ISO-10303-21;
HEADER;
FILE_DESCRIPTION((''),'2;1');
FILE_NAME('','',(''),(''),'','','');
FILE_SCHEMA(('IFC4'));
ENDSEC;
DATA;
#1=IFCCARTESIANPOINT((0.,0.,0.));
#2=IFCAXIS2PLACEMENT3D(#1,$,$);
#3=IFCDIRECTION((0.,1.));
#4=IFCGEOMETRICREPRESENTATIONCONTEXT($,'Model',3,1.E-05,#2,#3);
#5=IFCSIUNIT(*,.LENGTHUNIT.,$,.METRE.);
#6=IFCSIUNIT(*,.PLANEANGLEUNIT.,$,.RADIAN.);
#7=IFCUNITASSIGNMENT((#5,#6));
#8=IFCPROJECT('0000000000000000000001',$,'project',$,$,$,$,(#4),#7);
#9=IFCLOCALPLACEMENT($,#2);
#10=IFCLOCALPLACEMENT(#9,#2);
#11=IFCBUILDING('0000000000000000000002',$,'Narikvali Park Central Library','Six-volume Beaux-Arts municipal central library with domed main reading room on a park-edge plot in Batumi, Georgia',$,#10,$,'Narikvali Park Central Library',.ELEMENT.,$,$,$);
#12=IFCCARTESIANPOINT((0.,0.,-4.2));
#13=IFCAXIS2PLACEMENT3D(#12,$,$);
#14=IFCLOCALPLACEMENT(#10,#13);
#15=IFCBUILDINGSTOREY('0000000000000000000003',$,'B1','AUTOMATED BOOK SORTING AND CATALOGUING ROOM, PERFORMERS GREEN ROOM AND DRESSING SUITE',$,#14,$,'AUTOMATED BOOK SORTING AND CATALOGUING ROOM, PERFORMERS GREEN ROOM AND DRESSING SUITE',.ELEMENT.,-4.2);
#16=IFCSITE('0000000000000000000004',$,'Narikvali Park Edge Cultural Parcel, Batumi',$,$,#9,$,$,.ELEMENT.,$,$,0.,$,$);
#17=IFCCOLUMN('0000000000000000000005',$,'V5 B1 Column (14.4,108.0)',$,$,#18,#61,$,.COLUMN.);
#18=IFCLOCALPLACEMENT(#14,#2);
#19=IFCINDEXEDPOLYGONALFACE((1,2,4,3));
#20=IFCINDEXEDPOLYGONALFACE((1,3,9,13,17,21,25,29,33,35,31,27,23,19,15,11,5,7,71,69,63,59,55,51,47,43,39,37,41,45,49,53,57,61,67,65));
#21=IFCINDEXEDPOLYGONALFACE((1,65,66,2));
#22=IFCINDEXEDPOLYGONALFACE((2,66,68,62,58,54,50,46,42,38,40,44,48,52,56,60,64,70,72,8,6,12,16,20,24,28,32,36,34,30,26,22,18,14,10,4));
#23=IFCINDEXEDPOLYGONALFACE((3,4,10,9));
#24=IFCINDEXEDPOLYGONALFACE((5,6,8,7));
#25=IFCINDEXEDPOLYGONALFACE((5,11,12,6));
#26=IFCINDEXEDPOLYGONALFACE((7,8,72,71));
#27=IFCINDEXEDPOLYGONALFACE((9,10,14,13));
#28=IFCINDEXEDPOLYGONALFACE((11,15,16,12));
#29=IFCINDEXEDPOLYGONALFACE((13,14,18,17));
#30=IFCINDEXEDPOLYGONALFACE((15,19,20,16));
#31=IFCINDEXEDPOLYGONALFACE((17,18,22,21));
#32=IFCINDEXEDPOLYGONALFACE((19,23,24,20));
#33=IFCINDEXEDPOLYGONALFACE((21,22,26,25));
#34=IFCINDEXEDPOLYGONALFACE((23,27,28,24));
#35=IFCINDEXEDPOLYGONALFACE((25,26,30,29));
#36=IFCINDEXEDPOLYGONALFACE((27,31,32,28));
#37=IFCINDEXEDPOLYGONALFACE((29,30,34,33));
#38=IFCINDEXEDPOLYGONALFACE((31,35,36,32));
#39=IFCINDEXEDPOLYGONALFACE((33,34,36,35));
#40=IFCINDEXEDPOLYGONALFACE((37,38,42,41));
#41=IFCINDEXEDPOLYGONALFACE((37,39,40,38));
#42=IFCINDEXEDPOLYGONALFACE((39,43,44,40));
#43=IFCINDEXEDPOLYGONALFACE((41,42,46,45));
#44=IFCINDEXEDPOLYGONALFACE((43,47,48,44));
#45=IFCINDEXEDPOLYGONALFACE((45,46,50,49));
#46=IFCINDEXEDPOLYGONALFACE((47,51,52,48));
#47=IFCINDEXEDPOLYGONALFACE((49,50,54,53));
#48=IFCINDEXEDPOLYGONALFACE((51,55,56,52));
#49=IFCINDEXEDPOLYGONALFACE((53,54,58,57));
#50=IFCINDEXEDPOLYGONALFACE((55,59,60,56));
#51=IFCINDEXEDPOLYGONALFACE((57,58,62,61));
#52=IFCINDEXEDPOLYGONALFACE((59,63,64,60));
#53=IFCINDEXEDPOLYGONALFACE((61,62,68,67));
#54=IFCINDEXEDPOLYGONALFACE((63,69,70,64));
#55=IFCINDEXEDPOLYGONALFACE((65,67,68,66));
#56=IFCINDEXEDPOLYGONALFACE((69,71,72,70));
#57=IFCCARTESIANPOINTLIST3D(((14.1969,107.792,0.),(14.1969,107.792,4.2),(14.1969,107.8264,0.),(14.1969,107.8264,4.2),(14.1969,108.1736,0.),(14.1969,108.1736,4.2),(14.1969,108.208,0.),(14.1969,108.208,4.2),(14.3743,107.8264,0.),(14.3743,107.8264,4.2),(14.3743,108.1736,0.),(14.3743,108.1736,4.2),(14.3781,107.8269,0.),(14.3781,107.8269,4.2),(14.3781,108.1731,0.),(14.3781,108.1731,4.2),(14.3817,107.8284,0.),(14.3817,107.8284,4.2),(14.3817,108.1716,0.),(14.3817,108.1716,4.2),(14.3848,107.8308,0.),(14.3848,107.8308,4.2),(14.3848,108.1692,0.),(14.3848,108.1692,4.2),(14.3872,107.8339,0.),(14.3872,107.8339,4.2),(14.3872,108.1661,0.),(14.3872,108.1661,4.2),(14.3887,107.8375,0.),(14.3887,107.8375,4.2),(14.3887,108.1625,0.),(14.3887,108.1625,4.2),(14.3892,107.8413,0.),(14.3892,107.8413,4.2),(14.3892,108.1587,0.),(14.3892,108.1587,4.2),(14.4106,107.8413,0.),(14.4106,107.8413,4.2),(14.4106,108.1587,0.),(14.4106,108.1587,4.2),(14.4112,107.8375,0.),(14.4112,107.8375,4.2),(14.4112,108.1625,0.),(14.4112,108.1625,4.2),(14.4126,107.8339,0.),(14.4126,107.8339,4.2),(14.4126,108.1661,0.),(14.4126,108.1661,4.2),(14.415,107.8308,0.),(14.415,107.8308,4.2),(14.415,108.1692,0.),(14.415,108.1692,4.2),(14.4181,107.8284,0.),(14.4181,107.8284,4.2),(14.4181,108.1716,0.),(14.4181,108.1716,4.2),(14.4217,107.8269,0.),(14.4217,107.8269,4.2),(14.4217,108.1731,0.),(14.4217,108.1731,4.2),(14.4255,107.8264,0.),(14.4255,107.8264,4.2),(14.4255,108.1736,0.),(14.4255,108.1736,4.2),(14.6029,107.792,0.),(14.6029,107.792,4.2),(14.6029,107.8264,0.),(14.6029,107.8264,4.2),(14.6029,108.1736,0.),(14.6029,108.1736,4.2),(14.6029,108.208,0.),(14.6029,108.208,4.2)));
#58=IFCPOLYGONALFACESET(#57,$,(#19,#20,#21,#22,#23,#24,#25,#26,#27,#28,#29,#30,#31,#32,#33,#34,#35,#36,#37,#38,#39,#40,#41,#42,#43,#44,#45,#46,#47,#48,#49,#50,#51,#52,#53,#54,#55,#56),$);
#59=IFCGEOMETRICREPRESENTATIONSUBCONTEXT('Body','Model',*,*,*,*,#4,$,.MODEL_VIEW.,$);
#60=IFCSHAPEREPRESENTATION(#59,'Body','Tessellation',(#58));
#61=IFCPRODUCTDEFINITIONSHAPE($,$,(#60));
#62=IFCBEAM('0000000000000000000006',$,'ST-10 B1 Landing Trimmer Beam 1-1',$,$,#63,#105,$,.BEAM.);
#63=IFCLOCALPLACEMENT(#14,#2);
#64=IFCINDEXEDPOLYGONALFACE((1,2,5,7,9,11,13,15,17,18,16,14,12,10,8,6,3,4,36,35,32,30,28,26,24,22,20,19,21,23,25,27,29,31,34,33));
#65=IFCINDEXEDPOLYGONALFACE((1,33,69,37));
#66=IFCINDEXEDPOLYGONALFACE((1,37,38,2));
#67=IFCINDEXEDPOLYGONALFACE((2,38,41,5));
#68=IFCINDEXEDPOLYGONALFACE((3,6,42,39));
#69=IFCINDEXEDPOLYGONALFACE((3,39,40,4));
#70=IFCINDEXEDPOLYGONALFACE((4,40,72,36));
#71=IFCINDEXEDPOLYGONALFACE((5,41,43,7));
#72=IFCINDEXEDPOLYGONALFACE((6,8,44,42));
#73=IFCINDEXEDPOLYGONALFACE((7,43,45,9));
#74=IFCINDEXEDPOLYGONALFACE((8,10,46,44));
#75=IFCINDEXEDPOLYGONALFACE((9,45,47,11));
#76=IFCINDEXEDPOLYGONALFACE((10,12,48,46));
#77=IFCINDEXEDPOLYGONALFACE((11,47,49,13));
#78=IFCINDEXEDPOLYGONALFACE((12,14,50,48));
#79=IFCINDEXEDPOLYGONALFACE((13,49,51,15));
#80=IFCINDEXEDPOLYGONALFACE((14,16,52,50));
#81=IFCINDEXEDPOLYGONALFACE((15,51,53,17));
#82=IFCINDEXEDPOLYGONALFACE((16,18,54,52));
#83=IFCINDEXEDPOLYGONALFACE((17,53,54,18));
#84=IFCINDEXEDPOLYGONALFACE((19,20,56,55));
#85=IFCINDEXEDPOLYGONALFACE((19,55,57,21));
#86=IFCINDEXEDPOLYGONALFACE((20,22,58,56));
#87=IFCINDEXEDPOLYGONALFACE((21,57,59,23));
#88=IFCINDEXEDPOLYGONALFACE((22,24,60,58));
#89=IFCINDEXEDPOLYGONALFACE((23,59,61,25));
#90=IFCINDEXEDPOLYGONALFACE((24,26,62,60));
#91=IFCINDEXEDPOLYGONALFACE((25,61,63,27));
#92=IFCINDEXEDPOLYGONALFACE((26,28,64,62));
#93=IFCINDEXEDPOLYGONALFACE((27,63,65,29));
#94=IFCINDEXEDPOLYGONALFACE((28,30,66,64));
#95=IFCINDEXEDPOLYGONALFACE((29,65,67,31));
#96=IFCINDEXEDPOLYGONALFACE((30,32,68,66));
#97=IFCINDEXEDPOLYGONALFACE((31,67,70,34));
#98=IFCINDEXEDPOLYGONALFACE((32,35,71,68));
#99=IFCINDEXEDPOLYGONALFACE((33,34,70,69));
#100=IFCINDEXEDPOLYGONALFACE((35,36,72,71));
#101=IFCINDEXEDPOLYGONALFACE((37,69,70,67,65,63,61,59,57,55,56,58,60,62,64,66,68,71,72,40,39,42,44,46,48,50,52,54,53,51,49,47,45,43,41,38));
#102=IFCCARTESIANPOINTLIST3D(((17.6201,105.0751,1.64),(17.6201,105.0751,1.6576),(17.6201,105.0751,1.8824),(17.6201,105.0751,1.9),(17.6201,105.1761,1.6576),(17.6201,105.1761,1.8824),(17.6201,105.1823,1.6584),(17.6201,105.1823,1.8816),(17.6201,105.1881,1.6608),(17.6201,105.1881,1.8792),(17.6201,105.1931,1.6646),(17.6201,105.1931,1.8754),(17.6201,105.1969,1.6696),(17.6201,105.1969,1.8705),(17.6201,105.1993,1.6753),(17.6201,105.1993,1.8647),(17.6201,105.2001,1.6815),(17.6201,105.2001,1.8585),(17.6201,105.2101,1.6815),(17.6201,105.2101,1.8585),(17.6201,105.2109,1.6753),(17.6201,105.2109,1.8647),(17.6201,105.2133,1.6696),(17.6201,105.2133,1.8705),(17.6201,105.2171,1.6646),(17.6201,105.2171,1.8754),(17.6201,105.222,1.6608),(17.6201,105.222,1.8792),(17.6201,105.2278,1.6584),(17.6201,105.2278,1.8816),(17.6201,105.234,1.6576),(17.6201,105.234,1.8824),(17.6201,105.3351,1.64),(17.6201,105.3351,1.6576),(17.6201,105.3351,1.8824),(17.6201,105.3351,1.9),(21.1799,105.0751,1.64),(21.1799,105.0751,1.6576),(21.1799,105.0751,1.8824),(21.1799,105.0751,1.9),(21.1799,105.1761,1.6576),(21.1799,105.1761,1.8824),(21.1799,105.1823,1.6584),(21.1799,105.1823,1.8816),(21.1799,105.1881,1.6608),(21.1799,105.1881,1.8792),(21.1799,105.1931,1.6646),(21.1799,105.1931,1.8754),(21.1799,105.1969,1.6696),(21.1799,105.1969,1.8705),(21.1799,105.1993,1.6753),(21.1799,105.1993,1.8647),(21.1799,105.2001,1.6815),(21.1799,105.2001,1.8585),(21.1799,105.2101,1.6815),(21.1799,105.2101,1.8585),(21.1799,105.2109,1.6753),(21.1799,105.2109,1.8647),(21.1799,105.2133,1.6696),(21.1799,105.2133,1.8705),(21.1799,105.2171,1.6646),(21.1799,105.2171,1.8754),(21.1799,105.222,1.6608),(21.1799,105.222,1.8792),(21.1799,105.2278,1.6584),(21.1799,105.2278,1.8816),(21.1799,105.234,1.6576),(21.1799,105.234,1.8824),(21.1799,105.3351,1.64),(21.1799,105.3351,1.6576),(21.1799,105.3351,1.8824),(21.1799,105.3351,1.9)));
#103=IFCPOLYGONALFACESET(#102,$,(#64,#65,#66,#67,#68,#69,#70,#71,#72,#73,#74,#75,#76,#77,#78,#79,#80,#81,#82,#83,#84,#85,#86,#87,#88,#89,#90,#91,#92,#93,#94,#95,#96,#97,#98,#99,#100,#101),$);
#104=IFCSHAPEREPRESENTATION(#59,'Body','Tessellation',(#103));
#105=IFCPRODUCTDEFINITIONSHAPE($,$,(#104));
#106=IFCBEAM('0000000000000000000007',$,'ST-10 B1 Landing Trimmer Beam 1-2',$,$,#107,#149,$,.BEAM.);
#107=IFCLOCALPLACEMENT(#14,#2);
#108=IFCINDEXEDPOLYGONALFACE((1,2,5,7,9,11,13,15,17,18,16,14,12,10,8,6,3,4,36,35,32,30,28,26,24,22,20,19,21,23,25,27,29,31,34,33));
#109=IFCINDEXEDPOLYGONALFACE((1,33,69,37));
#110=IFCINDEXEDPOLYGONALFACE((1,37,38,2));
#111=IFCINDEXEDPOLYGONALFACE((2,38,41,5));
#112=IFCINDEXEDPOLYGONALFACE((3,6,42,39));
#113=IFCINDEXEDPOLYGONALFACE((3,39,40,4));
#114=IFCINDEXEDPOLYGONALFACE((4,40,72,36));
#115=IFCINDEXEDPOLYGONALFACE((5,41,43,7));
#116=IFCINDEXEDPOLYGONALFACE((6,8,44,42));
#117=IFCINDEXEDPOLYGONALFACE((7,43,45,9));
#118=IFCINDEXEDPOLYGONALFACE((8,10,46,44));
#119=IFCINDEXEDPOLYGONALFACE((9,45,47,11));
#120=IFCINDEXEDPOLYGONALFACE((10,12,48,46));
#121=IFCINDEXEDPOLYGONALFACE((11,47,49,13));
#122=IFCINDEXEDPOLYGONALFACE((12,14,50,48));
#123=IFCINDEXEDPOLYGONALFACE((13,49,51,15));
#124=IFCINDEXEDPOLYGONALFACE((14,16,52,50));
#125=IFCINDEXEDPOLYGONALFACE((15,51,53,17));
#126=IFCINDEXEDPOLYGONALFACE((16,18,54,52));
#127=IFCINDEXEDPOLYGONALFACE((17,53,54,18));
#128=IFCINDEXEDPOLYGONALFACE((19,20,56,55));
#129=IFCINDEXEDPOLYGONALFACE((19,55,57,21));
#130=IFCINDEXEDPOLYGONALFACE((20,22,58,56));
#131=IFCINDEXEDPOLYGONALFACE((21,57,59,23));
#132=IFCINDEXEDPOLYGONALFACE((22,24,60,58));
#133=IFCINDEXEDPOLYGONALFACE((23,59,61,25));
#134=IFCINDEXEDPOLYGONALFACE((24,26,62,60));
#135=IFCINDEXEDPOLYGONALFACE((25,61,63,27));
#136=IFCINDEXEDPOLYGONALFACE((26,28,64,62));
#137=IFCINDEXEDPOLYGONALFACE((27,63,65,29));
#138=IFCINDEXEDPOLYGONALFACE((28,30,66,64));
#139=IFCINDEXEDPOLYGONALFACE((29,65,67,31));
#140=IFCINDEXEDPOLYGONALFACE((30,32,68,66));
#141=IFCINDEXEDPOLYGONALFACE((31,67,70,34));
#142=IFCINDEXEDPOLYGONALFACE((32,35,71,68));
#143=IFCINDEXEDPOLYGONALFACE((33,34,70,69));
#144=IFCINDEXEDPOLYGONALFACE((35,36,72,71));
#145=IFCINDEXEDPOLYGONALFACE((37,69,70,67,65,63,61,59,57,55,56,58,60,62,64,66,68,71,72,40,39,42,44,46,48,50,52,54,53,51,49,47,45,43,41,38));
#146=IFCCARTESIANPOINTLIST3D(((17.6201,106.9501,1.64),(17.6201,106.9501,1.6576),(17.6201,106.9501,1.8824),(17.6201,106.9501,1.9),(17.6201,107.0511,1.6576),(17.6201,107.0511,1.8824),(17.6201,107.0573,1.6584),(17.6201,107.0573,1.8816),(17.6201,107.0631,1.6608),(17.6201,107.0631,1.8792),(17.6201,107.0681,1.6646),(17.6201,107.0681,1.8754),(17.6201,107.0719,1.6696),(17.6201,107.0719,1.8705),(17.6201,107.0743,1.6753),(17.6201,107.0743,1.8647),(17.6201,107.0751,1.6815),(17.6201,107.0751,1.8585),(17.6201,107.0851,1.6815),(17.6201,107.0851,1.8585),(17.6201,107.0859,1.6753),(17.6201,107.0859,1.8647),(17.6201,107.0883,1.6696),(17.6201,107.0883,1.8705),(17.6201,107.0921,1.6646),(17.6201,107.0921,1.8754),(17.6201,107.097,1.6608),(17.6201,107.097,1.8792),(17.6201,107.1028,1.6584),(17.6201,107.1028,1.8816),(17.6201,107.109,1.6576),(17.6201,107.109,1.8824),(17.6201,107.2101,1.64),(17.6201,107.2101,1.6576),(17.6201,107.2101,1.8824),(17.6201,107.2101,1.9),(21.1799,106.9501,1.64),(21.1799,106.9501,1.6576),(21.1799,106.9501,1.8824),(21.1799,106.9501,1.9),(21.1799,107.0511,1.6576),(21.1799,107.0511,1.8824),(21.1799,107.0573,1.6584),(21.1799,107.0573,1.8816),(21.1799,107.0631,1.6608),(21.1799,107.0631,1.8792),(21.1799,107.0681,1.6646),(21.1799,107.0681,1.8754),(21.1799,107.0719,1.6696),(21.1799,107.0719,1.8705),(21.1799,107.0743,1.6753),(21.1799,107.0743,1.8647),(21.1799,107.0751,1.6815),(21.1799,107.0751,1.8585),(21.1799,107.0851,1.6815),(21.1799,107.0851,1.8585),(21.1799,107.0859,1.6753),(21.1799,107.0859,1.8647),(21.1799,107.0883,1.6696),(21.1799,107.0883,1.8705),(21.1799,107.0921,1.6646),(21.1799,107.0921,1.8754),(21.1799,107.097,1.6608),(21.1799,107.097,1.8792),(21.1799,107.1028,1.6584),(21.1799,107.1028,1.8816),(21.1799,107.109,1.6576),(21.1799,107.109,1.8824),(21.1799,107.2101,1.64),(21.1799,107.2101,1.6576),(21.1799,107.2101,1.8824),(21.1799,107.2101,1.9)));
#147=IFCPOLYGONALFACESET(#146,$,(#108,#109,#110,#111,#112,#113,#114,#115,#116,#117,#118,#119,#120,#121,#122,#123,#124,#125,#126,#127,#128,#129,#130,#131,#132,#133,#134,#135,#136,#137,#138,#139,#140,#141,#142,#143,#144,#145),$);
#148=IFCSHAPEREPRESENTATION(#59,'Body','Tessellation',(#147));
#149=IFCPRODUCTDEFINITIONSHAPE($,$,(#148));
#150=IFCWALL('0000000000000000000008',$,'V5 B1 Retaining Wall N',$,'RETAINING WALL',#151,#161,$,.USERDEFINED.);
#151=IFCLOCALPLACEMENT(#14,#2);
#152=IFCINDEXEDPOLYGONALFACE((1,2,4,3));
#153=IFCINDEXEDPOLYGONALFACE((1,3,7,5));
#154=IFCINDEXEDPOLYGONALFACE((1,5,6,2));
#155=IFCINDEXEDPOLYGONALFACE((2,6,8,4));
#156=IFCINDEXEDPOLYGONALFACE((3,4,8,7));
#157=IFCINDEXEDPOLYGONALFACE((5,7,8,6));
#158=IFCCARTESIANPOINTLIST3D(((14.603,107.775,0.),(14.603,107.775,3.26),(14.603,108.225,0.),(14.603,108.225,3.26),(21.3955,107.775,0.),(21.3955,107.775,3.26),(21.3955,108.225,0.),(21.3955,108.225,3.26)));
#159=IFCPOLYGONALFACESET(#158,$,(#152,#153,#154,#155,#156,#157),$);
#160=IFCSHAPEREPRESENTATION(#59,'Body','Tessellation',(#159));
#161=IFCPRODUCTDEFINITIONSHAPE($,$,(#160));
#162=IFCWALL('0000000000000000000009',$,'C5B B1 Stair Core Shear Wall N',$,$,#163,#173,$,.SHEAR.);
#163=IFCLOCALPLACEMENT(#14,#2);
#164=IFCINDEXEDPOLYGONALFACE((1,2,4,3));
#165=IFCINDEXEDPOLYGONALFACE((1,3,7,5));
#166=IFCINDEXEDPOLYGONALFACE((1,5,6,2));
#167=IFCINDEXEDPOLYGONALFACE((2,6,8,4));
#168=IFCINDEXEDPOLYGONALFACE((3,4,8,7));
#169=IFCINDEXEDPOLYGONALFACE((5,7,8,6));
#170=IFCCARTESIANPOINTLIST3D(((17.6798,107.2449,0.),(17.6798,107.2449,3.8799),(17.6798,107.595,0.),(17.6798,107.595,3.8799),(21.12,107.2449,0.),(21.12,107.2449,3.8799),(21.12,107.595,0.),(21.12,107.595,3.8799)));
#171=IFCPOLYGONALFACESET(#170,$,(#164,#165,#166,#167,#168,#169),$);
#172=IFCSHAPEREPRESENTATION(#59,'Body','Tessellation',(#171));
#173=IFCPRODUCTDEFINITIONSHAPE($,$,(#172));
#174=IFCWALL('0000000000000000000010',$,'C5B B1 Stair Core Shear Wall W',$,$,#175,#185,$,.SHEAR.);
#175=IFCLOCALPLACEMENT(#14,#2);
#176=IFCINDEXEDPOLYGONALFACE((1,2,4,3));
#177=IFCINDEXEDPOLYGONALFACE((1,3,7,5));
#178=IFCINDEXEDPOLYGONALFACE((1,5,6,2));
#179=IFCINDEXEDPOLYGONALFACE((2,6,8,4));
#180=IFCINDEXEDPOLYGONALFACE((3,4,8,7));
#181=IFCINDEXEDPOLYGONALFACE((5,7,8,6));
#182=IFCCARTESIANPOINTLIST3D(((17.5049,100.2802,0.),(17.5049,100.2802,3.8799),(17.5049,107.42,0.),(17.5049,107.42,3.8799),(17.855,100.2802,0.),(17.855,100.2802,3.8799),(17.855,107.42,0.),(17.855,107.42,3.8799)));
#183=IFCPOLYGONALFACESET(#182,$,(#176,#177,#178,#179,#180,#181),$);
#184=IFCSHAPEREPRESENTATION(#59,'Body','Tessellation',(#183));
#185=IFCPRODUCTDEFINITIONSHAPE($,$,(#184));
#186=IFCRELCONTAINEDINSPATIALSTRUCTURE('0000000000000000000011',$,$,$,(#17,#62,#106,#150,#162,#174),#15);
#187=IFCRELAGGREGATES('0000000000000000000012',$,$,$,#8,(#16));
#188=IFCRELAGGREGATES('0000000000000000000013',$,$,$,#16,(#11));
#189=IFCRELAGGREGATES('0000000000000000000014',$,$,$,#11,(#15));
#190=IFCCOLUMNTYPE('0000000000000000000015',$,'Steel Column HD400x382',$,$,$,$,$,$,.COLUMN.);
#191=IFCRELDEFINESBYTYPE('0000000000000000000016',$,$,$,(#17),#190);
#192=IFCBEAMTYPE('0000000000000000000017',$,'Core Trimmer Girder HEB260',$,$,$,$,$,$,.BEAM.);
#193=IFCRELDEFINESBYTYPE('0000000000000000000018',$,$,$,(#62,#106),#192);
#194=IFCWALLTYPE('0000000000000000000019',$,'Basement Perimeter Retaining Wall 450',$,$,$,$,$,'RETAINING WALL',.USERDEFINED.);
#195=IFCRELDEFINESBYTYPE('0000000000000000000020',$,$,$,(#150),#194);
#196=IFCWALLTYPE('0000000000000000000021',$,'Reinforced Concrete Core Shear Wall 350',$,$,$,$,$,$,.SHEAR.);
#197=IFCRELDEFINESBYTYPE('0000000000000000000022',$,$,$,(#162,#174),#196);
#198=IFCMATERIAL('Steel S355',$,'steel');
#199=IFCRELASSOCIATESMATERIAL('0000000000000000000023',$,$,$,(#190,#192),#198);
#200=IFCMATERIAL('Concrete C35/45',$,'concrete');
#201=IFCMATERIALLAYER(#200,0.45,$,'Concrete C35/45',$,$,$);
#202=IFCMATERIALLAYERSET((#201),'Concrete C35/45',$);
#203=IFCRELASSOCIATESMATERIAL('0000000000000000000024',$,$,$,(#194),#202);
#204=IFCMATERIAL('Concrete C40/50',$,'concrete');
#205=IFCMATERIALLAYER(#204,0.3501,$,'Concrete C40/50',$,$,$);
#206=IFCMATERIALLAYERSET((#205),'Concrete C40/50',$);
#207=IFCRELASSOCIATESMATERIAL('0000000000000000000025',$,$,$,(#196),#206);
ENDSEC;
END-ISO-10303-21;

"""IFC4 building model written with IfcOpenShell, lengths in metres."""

from ifc_helpers import new_model, si_unit, direction, frame, frame_2d, origin, origin_2d, place, context, subcontext, project, spatial, rectangle, i_section, extrude, material, layer, layer_set, material_profile, profile_set, type_object, element, save


model = new_model("IFC4")

# Units and contexts
model_context = context("Model", 3, precision=1e-05, world=origin(), true_north=direction((0.0, 1.0)))
body_context = subcontext(model_context, "Body", "Model", "MODEL_VIEW")
ifc_project = project(units=[si_unit("LENGTHUNIT", "METRE"), si_unit("PLANEANGLEUNIT", "RADIAN")], contexts=[model_context])

# Site, building, storey
site_placement = place(None, origin())
site = spatial("IfcSite", under=ifc_project, at=site_placement, Name="Narikvali Park Edge Cultural Parcel, Batumi", CompositionType="ELEMENT", RefElevation=0.0)
building_placement = place(site_placement, origin())
building = spatial("IfcBuilding", under=site, at=building_placement, Name="Narikvali Park Central Library", Description="Six-volume Beaux-Arts municipal central library with domed main reading room on a park-edge plot in Batumi, Georgia", LongName="Narikvali Park Central Library", CompositionType="ELEMENT")
storey_placement = place(building_placement, frame((0.0, 0.0, -4.2)))
storey = spatial("IfcBuildingStorey", under=building, at=storey_placement, Name="B1", Description="AUTOMATED BOOK SORTING AND CATALOGUING ROOM, PERFORMERS GREEN ROOM AND DRESSING SUITE", LongName="AUTOMATED BOOK SORTING AND CATALOGUING ROOM, PERFORMERS GREEN ROOM AND DRESSING SUITE", CompositionType="ELEMENT", Elevation=-4.2)

# Shared definitions
ifc_material_1 = material(Name="Concrete C35/45", Category="concrete")

# Column
ifc_material_2 = material(Name="Steel S355", Category="steel")
ifc_material_profile_1 = material_profile(ifc_material_2, i_section(OverallWidth=0.406, OverallDepth=0.416, WebThickness=0.0215, FlangeThickness=0.0344, FilletRadius=0.0149, at=origin_2d()), Name="HD 400x382")
ifc_profile_set_1 = profile_set([ifc_material_profile_1], Name="Steel S355")
column_type_1 = type_object("IfcColumnType", Name="Steel Column HD400x382", PredefinedType="COLUMN", material=ifc_profile_set_1)
column_1_placement = place(storey_placement, frame((14.3999, 108.0, 0.0), z_axis=(0.0, 0.0, 1.0), x_axis=(1.0, 0.0, 0.0)))
element("IfcColumn", 1, at=column_1_placement, inside=storey, type_object=column_type_1, Name="V5 B1 Column (14.4,108.0)", PredefinedType="COLUMN", context=body_context, shape_type="SweptSolid", body=[
    extrude(i_section(OverallWidth=0.406, OverallDepth=0.416, WebThickness=0.0215, FlangeThickness=0.0344, FilletRadius=0.0149, at=origin_2d()), origin(), (0.0, 0.0, 1.0), 4.2),
])

# Beams
ifc_material_profile_2 = material_profile(ifc_material_2, i_section(OverallWidth=0.26, OverallDepth=0.26, WebThickness=0.01, FlangeThickness=0.0176, FilletRadius=0.0239, at=origin_2d()), Name="HEB 260")
ifc_profile_set_2 = profile_set([ifc_material_profile_2], Name="Steel S355")
beam_type = type_object("IfcBeamType", Name="Core Trimmer Girder HEB260", PredefinedType="BEAM", material=ifc_profile_set_2)
for number, where, z_axis, x_axis, name in (
    (2, (17.6201, 105.2051, 1.77), (1.0, 0.0, 0.0), (0.0, 1.0, 0.0), "ST-10 B1 Landing Trimmer Beam 1-1"),
    (3, (17.6201, 107.0801, 1.77), (1.0, 0.0, 0.0), (0.0, 1.0, 0.0), "ST-10 B1 Landing Trimmer Beam 1-2"),
):
    element("IfcBeam", number, at=place(storey_placement, frame(where, z_axis=z_axis, x_axis=x_axis)), inside=storey, type_object=beam_type, Name=name, PredefinedType="BEAM", context=body_context, shape_type="SweptSolid", body=[
        extrude(i_section(OverallWidth=0.26, OverallDepth=0.26, WebThickness=0.01, FlangeThickness=0.0176, FilletRadius=0.0239, at=origin_2d()), origin(), (0.0, 0.0, 1.0), 3.5598),
    ])

# Walls
ifc_layer_1 = layer(ifc_material_1, 0.45, Name="Concrete C35/45")
ifc_layer_set_1 = layer_set([ifc_layer_1], Name="Concrete C35/45")
wall_type_1 = type_object("IfcWallType", Name="Basement Perimeter Retaining Wall 450", ElementType="RETAINING WALL", PredefinedType="USERDEFINED", material=ifc_layer_set_1)
wall_1_placement = place(storey_placement, frame((14.603, 108.0, 0.0), z_axis=(0.0, 0.0, 1.0), x_axis=(1.0, 0.0, 0.0)))
element("IfcWall", 4, at=wall_1_placement, inside=storey, type_object=wall_type_1, Name="V5 B1 Retaining Wall N", ObjectType="RETAINING WALL", PredefinedType="USERDEFINED", context=body_context, shape_type="SweptSolid", body=[
    extrude(rectangle(XDim=6.7925, YDim=0.45, at=frame_2d((3.3962, 0.0))), origin(), (0.0, 0.0, 1.0), 3.26),
])
ifc_material_3 = material(Name="Concrete C40/50", Category="concrete")
ifc_layer_2 = layer(ifc_material_3, 0.3501, Name="Concrete C40/50")
ifc_layer_set_2 = layer_set([ifc_layer_2], Name="Concrete C40/50")
wall_type_2 = type_object("IfcWallType", Name="Reinforced Concrete Core Shear Wall 350", PredefinedType="SHEAR", material=ifc_layer_set_2)
wall_2_placement = place(storey_placement, frame((21.1201, 107.4199, 0.0), z_axis=(0.0, 0.0, 1.0), x_axis=(-1.0, 0.0, 0.0)))
element("IfcWall", 5, at=wall_2_placement, inside=storey, type_object=wall_type_2, Name="C5B B1 Stair Core Shear Wall N", PredefinedType="SHEAR", context=body_context, shape_type="SweptSolid", body=[
    extrude(rectangle(XDim=3.4402, YDim=0.3501, at=frame_2d((1.7202, 0.0))), origin(), (0.0, 0.0, 1.0), 3.8799),
])
wall_3_placement = place(storey_placement, frame((17.6799, 107.4199, 0.0), z_axis=(0.0, 0.0, 1.0), x_axis=(0.0, -1.0, 0.0)))
element("IfcWall", 6, at=wall_3_placement, inside=storey, type_object=wall_type_2, Name="C5B B1 Stair Core Shear Wall W", PredefinedType="SHEAR", context=body_context, shape_type="SweptSolid", body=[
    extrude(rectangle(XDim=7.1399, YDim=0.3501, at=frame_2d((3.5698, 0.0))), origin(), (0.0, 0.0, 1.0), 3.8799),
])

save(model, "model.ifc")
